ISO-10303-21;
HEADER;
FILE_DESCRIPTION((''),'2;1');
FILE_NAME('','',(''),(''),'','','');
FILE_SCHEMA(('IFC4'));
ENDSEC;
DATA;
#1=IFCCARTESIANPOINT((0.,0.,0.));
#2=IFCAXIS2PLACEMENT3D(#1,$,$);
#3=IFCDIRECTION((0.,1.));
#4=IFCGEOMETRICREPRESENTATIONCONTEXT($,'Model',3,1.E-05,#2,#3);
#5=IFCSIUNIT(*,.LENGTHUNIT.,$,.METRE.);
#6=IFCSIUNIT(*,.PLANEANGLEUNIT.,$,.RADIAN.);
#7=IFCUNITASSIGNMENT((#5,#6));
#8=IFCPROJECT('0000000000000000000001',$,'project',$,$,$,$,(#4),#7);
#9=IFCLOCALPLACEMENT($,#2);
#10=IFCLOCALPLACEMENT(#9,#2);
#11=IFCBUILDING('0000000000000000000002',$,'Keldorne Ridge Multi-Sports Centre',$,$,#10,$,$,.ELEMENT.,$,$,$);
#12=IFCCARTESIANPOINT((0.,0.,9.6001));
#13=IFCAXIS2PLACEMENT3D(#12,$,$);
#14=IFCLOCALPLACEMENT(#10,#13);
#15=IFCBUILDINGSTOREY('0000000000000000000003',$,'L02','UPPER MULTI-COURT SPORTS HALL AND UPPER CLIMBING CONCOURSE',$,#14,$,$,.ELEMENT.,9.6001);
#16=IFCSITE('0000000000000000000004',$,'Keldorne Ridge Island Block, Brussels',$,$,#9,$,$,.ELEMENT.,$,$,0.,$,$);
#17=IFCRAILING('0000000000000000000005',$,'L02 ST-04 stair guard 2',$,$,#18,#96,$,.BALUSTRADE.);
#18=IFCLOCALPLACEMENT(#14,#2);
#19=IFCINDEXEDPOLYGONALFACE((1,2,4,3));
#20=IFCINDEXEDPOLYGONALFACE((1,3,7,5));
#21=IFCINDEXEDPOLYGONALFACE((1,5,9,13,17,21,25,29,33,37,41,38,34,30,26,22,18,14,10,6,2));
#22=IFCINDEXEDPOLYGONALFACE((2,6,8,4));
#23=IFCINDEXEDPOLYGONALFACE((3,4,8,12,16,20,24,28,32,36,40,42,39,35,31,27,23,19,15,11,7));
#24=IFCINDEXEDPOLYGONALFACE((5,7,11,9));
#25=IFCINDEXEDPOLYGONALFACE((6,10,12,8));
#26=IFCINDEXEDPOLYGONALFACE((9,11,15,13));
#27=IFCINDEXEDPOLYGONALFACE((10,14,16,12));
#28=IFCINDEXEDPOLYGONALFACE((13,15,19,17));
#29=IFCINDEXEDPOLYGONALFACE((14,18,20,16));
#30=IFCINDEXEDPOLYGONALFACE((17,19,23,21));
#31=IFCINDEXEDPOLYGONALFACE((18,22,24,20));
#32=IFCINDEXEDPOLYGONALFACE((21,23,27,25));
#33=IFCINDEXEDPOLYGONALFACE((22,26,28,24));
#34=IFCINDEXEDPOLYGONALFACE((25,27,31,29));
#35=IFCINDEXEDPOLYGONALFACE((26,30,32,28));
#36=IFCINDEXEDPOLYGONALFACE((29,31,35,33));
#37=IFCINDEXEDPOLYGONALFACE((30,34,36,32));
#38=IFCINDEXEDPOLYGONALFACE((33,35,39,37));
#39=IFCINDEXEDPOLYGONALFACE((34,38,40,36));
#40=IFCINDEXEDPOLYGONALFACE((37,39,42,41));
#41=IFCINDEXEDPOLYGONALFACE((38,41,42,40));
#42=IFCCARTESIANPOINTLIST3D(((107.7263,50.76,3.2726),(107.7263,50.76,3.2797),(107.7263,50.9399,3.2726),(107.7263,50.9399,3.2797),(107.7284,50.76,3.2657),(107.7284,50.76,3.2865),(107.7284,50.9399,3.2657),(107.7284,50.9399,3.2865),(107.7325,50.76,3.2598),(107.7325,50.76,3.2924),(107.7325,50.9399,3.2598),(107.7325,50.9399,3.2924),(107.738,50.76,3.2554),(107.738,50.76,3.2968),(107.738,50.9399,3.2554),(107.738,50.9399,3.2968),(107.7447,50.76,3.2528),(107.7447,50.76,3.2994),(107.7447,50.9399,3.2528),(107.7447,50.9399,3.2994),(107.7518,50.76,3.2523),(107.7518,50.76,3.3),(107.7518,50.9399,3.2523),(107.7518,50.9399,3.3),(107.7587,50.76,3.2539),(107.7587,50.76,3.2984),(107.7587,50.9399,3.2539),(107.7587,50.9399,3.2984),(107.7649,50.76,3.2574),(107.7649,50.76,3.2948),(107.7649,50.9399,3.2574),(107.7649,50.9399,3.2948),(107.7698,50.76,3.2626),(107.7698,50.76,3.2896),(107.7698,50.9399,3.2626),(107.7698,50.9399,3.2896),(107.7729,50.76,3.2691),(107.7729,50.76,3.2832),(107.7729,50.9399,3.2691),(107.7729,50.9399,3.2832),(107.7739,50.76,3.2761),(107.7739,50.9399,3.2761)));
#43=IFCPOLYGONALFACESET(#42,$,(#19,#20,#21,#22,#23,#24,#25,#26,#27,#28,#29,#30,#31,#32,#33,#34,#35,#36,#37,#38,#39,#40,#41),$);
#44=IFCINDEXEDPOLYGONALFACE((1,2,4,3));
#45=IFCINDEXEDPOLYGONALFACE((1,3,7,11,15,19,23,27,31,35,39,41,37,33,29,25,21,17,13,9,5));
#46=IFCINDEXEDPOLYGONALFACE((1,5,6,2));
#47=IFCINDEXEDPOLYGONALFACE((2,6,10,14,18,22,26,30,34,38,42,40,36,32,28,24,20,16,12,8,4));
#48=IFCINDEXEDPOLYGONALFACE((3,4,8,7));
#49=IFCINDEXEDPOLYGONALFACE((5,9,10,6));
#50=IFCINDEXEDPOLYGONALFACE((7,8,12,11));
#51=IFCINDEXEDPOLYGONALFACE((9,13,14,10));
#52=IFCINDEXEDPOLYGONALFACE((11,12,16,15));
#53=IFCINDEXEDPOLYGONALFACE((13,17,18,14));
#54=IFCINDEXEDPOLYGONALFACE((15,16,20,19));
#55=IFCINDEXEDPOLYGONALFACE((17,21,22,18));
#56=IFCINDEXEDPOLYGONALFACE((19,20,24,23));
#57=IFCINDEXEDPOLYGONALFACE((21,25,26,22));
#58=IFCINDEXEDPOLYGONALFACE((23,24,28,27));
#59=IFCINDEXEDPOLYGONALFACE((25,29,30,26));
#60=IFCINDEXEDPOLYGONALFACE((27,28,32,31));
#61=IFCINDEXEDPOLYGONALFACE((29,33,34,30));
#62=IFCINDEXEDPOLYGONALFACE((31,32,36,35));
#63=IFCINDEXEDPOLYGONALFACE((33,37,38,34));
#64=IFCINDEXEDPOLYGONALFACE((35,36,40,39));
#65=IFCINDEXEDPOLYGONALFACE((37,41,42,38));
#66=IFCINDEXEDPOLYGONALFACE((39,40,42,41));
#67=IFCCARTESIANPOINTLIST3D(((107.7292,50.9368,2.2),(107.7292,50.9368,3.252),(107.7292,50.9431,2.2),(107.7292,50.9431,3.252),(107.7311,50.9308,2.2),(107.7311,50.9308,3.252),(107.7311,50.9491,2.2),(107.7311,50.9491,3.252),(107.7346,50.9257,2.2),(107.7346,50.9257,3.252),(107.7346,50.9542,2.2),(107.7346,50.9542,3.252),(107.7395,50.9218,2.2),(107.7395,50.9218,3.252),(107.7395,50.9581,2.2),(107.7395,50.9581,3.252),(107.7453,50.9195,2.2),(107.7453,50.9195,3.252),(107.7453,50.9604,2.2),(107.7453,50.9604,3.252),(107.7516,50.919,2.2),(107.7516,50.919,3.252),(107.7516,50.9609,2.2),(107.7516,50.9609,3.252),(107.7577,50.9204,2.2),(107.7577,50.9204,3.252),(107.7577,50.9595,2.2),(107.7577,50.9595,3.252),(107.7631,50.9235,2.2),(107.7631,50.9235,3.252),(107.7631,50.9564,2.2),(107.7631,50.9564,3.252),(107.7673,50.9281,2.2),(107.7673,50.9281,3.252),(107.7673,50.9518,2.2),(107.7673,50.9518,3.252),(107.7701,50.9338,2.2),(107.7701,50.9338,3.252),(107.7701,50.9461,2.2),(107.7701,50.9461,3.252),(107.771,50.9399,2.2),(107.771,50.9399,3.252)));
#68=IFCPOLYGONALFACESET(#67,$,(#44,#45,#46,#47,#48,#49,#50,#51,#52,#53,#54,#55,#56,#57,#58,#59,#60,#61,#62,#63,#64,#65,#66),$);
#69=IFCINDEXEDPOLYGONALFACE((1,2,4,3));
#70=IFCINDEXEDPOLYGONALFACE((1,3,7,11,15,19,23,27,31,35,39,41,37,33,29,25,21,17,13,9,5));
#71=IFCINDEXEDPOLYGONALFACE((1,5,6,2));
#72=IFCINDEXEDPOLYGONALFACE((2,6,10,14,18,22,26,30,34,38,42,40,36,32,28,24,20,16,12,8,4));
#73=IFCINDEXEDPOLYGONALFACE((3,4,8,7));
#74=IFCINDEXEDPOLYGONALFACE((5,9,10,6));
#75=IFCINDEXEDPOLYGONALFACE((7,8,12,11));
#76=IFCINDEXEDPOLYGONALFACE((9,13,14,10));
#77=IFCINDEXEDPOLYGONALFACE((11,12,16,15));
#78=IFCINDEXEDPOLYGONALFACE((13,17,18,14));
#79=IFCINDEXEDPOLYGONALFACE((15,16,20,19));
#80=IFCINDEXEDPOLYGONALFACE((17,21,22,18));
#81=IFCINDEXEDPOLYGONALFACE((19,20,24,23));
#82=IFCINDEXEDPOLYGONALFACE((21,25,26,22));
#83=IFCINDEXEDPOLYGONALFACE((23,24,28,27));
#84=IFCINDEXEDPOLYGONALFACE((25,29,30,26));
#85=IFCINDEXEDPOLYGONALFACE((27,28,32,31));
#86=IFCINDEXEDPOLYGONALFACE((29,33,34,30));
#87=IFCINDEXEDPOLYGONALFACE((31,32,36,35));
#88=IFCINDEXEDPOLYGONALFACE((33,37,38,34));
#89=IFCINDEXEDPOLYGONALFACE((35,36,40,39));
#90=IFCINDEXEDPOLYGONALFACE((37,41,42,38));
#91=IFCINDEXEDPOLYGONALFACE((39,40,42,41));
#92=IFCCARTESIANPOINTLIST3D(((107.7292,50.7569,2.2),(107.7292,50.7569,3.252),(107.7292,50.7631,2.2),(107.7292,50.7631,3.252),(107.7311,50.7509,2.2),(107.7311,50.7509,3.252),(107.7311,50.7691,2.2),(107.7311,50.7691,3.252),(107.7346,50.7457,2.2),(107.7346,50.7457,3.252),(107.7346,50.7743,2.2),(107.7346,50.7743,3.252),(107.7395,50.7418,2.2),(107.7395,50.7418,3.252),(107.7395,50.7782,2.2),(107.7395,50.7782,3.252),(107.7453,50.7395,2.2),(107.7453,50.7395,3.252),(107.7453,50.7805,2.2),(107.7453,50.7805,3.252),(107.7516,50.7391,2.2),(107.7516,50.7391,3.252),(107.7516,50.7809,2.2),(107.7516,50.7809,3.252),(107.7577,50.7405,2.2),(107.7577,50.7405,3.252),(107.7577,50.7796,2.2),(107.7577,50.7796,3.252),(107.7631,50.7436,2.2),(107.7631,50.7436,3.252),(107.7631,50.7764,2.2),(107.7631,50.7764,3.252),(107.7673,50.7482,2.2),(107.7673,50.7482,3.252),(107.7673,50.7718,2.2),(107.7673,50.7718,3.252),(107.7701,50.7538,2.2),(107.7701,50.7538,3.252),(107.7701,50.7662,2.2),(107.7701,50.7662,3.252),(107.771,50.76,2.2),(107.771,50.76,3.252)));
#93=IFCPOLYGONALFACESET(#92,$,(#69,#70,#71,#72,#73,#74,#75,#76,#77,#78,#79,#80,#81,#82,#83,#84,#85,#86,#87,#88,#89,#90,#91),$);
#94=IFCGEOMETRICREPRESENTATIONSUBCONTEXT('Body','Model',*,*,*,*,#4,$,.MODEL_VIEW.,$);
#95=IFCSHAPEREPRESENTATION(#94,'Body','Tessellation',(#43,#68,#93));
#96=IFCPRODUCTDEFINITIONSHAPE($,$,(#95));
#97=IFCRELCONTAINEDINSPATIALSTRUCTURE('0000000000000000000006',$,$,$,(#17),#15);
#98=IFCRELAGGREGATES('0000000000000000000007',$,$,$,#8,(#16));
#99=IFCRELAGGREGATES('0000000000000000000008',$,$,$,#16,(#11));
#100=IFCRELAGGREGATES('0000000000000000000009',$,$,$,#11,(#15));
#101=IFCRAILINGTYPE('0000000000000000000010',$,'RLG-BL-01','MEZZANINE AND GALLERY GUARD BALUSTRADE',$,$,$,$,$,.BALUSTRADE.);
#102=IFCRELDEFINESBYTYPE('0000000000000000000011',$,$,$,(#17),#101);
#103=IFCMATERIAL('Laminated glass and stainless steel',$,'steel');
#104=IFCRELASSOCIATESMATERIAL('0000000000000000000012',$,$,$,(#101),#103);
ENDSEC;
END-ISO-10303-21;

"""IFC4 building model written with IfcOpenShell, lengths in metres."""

from ifc_helpers import new_model, si_unit, direction, frame, origin, origin_2d, place, context, subcontext, project, spatial, circle, extrude, material, type_object, element, save


model = new_model("IFC4")

# Units and contexts
model_context = context("Model", 3, precision=1e-05, world=origin(), true_north=direction((0.0, 1.0)))
body_context = subcontext(model_context, "Body", "Model", "MODEL_VIEW")
ifc_project = project(units=[si_unit("LENGTHUNIT", "METRE"), si_unit("PLANEANGLEUNIT", "RADIAN")], contexts=[model_context])

# Site, building, storey
site_placement = place(None, origin())
site = spatial("IfcSite", under=ifc_project, at=site_placement, Name="Keldorne Ridge Island Block, Brussels", CompositionType="ELEMENT", RefElevation=0.0)
building_placement = place(site_placement, origin())
building = spatial("IfcBuilding", under=site, at=building_placement, Name="Keldorne Ridge Multi-Sports Centre", CompositionType="ELEMENT")
storey_placement = place(building_placement, frame((0.0, 0.0, 9.6001)))
storey = spatial("IfcBuildingStorey", under=building, at=storey_placement, Name="L02", Description="UPPER MULTI-COURT SPORTS HALL AND UPPER CLIMBING CONCOURSE", CompositionType="ELEMENT", Elevation=9.6001)

# Railing
ifc_material_1 = material(Name="Laminated glass and stainless steel", Category="steel")
railing_type_1 = type_object("IfcRailingType", Name="RLG-BL-01", Description="MEZZANINE AND GALLERY GUARD BALUSTRADE", PredefinedType="BALUSTRADE", material=ifc_material_1)
railing_1_placement = place(storey_placement, frame((107.75, 50.9399, 2.2)))
element("IfcRailing", 1, at=railing_1_placement, inside=storey, type_object=railing_type_1, Name="L02 ST-04 stair guard 2", PredefinedType="BALUSTRADE", context=body_context, shape_type="SweptSolid", body=[
    extrude(circle(Radius=0.0239, at=origin_2d()), frame((0.0, 0.0, 1.0762), z_axis=(0.0, -1.0, 0.0), x_axis=(1.0, 0.0, 0.0)), (0.0, 0.0, 1.0), 0.1799),
    extrude(circle(Radius=0.021, at=origin_2d()), origin(), (0.0, 0.0, 1.0), 1.052),
    extrude(circle(Radius=0.021, at=origin_2d()), frame((0.0, -0.1799, 0.0)), (0.0, 0.0, 1.0), 1.052),
])

save(model, "model.ifc")
